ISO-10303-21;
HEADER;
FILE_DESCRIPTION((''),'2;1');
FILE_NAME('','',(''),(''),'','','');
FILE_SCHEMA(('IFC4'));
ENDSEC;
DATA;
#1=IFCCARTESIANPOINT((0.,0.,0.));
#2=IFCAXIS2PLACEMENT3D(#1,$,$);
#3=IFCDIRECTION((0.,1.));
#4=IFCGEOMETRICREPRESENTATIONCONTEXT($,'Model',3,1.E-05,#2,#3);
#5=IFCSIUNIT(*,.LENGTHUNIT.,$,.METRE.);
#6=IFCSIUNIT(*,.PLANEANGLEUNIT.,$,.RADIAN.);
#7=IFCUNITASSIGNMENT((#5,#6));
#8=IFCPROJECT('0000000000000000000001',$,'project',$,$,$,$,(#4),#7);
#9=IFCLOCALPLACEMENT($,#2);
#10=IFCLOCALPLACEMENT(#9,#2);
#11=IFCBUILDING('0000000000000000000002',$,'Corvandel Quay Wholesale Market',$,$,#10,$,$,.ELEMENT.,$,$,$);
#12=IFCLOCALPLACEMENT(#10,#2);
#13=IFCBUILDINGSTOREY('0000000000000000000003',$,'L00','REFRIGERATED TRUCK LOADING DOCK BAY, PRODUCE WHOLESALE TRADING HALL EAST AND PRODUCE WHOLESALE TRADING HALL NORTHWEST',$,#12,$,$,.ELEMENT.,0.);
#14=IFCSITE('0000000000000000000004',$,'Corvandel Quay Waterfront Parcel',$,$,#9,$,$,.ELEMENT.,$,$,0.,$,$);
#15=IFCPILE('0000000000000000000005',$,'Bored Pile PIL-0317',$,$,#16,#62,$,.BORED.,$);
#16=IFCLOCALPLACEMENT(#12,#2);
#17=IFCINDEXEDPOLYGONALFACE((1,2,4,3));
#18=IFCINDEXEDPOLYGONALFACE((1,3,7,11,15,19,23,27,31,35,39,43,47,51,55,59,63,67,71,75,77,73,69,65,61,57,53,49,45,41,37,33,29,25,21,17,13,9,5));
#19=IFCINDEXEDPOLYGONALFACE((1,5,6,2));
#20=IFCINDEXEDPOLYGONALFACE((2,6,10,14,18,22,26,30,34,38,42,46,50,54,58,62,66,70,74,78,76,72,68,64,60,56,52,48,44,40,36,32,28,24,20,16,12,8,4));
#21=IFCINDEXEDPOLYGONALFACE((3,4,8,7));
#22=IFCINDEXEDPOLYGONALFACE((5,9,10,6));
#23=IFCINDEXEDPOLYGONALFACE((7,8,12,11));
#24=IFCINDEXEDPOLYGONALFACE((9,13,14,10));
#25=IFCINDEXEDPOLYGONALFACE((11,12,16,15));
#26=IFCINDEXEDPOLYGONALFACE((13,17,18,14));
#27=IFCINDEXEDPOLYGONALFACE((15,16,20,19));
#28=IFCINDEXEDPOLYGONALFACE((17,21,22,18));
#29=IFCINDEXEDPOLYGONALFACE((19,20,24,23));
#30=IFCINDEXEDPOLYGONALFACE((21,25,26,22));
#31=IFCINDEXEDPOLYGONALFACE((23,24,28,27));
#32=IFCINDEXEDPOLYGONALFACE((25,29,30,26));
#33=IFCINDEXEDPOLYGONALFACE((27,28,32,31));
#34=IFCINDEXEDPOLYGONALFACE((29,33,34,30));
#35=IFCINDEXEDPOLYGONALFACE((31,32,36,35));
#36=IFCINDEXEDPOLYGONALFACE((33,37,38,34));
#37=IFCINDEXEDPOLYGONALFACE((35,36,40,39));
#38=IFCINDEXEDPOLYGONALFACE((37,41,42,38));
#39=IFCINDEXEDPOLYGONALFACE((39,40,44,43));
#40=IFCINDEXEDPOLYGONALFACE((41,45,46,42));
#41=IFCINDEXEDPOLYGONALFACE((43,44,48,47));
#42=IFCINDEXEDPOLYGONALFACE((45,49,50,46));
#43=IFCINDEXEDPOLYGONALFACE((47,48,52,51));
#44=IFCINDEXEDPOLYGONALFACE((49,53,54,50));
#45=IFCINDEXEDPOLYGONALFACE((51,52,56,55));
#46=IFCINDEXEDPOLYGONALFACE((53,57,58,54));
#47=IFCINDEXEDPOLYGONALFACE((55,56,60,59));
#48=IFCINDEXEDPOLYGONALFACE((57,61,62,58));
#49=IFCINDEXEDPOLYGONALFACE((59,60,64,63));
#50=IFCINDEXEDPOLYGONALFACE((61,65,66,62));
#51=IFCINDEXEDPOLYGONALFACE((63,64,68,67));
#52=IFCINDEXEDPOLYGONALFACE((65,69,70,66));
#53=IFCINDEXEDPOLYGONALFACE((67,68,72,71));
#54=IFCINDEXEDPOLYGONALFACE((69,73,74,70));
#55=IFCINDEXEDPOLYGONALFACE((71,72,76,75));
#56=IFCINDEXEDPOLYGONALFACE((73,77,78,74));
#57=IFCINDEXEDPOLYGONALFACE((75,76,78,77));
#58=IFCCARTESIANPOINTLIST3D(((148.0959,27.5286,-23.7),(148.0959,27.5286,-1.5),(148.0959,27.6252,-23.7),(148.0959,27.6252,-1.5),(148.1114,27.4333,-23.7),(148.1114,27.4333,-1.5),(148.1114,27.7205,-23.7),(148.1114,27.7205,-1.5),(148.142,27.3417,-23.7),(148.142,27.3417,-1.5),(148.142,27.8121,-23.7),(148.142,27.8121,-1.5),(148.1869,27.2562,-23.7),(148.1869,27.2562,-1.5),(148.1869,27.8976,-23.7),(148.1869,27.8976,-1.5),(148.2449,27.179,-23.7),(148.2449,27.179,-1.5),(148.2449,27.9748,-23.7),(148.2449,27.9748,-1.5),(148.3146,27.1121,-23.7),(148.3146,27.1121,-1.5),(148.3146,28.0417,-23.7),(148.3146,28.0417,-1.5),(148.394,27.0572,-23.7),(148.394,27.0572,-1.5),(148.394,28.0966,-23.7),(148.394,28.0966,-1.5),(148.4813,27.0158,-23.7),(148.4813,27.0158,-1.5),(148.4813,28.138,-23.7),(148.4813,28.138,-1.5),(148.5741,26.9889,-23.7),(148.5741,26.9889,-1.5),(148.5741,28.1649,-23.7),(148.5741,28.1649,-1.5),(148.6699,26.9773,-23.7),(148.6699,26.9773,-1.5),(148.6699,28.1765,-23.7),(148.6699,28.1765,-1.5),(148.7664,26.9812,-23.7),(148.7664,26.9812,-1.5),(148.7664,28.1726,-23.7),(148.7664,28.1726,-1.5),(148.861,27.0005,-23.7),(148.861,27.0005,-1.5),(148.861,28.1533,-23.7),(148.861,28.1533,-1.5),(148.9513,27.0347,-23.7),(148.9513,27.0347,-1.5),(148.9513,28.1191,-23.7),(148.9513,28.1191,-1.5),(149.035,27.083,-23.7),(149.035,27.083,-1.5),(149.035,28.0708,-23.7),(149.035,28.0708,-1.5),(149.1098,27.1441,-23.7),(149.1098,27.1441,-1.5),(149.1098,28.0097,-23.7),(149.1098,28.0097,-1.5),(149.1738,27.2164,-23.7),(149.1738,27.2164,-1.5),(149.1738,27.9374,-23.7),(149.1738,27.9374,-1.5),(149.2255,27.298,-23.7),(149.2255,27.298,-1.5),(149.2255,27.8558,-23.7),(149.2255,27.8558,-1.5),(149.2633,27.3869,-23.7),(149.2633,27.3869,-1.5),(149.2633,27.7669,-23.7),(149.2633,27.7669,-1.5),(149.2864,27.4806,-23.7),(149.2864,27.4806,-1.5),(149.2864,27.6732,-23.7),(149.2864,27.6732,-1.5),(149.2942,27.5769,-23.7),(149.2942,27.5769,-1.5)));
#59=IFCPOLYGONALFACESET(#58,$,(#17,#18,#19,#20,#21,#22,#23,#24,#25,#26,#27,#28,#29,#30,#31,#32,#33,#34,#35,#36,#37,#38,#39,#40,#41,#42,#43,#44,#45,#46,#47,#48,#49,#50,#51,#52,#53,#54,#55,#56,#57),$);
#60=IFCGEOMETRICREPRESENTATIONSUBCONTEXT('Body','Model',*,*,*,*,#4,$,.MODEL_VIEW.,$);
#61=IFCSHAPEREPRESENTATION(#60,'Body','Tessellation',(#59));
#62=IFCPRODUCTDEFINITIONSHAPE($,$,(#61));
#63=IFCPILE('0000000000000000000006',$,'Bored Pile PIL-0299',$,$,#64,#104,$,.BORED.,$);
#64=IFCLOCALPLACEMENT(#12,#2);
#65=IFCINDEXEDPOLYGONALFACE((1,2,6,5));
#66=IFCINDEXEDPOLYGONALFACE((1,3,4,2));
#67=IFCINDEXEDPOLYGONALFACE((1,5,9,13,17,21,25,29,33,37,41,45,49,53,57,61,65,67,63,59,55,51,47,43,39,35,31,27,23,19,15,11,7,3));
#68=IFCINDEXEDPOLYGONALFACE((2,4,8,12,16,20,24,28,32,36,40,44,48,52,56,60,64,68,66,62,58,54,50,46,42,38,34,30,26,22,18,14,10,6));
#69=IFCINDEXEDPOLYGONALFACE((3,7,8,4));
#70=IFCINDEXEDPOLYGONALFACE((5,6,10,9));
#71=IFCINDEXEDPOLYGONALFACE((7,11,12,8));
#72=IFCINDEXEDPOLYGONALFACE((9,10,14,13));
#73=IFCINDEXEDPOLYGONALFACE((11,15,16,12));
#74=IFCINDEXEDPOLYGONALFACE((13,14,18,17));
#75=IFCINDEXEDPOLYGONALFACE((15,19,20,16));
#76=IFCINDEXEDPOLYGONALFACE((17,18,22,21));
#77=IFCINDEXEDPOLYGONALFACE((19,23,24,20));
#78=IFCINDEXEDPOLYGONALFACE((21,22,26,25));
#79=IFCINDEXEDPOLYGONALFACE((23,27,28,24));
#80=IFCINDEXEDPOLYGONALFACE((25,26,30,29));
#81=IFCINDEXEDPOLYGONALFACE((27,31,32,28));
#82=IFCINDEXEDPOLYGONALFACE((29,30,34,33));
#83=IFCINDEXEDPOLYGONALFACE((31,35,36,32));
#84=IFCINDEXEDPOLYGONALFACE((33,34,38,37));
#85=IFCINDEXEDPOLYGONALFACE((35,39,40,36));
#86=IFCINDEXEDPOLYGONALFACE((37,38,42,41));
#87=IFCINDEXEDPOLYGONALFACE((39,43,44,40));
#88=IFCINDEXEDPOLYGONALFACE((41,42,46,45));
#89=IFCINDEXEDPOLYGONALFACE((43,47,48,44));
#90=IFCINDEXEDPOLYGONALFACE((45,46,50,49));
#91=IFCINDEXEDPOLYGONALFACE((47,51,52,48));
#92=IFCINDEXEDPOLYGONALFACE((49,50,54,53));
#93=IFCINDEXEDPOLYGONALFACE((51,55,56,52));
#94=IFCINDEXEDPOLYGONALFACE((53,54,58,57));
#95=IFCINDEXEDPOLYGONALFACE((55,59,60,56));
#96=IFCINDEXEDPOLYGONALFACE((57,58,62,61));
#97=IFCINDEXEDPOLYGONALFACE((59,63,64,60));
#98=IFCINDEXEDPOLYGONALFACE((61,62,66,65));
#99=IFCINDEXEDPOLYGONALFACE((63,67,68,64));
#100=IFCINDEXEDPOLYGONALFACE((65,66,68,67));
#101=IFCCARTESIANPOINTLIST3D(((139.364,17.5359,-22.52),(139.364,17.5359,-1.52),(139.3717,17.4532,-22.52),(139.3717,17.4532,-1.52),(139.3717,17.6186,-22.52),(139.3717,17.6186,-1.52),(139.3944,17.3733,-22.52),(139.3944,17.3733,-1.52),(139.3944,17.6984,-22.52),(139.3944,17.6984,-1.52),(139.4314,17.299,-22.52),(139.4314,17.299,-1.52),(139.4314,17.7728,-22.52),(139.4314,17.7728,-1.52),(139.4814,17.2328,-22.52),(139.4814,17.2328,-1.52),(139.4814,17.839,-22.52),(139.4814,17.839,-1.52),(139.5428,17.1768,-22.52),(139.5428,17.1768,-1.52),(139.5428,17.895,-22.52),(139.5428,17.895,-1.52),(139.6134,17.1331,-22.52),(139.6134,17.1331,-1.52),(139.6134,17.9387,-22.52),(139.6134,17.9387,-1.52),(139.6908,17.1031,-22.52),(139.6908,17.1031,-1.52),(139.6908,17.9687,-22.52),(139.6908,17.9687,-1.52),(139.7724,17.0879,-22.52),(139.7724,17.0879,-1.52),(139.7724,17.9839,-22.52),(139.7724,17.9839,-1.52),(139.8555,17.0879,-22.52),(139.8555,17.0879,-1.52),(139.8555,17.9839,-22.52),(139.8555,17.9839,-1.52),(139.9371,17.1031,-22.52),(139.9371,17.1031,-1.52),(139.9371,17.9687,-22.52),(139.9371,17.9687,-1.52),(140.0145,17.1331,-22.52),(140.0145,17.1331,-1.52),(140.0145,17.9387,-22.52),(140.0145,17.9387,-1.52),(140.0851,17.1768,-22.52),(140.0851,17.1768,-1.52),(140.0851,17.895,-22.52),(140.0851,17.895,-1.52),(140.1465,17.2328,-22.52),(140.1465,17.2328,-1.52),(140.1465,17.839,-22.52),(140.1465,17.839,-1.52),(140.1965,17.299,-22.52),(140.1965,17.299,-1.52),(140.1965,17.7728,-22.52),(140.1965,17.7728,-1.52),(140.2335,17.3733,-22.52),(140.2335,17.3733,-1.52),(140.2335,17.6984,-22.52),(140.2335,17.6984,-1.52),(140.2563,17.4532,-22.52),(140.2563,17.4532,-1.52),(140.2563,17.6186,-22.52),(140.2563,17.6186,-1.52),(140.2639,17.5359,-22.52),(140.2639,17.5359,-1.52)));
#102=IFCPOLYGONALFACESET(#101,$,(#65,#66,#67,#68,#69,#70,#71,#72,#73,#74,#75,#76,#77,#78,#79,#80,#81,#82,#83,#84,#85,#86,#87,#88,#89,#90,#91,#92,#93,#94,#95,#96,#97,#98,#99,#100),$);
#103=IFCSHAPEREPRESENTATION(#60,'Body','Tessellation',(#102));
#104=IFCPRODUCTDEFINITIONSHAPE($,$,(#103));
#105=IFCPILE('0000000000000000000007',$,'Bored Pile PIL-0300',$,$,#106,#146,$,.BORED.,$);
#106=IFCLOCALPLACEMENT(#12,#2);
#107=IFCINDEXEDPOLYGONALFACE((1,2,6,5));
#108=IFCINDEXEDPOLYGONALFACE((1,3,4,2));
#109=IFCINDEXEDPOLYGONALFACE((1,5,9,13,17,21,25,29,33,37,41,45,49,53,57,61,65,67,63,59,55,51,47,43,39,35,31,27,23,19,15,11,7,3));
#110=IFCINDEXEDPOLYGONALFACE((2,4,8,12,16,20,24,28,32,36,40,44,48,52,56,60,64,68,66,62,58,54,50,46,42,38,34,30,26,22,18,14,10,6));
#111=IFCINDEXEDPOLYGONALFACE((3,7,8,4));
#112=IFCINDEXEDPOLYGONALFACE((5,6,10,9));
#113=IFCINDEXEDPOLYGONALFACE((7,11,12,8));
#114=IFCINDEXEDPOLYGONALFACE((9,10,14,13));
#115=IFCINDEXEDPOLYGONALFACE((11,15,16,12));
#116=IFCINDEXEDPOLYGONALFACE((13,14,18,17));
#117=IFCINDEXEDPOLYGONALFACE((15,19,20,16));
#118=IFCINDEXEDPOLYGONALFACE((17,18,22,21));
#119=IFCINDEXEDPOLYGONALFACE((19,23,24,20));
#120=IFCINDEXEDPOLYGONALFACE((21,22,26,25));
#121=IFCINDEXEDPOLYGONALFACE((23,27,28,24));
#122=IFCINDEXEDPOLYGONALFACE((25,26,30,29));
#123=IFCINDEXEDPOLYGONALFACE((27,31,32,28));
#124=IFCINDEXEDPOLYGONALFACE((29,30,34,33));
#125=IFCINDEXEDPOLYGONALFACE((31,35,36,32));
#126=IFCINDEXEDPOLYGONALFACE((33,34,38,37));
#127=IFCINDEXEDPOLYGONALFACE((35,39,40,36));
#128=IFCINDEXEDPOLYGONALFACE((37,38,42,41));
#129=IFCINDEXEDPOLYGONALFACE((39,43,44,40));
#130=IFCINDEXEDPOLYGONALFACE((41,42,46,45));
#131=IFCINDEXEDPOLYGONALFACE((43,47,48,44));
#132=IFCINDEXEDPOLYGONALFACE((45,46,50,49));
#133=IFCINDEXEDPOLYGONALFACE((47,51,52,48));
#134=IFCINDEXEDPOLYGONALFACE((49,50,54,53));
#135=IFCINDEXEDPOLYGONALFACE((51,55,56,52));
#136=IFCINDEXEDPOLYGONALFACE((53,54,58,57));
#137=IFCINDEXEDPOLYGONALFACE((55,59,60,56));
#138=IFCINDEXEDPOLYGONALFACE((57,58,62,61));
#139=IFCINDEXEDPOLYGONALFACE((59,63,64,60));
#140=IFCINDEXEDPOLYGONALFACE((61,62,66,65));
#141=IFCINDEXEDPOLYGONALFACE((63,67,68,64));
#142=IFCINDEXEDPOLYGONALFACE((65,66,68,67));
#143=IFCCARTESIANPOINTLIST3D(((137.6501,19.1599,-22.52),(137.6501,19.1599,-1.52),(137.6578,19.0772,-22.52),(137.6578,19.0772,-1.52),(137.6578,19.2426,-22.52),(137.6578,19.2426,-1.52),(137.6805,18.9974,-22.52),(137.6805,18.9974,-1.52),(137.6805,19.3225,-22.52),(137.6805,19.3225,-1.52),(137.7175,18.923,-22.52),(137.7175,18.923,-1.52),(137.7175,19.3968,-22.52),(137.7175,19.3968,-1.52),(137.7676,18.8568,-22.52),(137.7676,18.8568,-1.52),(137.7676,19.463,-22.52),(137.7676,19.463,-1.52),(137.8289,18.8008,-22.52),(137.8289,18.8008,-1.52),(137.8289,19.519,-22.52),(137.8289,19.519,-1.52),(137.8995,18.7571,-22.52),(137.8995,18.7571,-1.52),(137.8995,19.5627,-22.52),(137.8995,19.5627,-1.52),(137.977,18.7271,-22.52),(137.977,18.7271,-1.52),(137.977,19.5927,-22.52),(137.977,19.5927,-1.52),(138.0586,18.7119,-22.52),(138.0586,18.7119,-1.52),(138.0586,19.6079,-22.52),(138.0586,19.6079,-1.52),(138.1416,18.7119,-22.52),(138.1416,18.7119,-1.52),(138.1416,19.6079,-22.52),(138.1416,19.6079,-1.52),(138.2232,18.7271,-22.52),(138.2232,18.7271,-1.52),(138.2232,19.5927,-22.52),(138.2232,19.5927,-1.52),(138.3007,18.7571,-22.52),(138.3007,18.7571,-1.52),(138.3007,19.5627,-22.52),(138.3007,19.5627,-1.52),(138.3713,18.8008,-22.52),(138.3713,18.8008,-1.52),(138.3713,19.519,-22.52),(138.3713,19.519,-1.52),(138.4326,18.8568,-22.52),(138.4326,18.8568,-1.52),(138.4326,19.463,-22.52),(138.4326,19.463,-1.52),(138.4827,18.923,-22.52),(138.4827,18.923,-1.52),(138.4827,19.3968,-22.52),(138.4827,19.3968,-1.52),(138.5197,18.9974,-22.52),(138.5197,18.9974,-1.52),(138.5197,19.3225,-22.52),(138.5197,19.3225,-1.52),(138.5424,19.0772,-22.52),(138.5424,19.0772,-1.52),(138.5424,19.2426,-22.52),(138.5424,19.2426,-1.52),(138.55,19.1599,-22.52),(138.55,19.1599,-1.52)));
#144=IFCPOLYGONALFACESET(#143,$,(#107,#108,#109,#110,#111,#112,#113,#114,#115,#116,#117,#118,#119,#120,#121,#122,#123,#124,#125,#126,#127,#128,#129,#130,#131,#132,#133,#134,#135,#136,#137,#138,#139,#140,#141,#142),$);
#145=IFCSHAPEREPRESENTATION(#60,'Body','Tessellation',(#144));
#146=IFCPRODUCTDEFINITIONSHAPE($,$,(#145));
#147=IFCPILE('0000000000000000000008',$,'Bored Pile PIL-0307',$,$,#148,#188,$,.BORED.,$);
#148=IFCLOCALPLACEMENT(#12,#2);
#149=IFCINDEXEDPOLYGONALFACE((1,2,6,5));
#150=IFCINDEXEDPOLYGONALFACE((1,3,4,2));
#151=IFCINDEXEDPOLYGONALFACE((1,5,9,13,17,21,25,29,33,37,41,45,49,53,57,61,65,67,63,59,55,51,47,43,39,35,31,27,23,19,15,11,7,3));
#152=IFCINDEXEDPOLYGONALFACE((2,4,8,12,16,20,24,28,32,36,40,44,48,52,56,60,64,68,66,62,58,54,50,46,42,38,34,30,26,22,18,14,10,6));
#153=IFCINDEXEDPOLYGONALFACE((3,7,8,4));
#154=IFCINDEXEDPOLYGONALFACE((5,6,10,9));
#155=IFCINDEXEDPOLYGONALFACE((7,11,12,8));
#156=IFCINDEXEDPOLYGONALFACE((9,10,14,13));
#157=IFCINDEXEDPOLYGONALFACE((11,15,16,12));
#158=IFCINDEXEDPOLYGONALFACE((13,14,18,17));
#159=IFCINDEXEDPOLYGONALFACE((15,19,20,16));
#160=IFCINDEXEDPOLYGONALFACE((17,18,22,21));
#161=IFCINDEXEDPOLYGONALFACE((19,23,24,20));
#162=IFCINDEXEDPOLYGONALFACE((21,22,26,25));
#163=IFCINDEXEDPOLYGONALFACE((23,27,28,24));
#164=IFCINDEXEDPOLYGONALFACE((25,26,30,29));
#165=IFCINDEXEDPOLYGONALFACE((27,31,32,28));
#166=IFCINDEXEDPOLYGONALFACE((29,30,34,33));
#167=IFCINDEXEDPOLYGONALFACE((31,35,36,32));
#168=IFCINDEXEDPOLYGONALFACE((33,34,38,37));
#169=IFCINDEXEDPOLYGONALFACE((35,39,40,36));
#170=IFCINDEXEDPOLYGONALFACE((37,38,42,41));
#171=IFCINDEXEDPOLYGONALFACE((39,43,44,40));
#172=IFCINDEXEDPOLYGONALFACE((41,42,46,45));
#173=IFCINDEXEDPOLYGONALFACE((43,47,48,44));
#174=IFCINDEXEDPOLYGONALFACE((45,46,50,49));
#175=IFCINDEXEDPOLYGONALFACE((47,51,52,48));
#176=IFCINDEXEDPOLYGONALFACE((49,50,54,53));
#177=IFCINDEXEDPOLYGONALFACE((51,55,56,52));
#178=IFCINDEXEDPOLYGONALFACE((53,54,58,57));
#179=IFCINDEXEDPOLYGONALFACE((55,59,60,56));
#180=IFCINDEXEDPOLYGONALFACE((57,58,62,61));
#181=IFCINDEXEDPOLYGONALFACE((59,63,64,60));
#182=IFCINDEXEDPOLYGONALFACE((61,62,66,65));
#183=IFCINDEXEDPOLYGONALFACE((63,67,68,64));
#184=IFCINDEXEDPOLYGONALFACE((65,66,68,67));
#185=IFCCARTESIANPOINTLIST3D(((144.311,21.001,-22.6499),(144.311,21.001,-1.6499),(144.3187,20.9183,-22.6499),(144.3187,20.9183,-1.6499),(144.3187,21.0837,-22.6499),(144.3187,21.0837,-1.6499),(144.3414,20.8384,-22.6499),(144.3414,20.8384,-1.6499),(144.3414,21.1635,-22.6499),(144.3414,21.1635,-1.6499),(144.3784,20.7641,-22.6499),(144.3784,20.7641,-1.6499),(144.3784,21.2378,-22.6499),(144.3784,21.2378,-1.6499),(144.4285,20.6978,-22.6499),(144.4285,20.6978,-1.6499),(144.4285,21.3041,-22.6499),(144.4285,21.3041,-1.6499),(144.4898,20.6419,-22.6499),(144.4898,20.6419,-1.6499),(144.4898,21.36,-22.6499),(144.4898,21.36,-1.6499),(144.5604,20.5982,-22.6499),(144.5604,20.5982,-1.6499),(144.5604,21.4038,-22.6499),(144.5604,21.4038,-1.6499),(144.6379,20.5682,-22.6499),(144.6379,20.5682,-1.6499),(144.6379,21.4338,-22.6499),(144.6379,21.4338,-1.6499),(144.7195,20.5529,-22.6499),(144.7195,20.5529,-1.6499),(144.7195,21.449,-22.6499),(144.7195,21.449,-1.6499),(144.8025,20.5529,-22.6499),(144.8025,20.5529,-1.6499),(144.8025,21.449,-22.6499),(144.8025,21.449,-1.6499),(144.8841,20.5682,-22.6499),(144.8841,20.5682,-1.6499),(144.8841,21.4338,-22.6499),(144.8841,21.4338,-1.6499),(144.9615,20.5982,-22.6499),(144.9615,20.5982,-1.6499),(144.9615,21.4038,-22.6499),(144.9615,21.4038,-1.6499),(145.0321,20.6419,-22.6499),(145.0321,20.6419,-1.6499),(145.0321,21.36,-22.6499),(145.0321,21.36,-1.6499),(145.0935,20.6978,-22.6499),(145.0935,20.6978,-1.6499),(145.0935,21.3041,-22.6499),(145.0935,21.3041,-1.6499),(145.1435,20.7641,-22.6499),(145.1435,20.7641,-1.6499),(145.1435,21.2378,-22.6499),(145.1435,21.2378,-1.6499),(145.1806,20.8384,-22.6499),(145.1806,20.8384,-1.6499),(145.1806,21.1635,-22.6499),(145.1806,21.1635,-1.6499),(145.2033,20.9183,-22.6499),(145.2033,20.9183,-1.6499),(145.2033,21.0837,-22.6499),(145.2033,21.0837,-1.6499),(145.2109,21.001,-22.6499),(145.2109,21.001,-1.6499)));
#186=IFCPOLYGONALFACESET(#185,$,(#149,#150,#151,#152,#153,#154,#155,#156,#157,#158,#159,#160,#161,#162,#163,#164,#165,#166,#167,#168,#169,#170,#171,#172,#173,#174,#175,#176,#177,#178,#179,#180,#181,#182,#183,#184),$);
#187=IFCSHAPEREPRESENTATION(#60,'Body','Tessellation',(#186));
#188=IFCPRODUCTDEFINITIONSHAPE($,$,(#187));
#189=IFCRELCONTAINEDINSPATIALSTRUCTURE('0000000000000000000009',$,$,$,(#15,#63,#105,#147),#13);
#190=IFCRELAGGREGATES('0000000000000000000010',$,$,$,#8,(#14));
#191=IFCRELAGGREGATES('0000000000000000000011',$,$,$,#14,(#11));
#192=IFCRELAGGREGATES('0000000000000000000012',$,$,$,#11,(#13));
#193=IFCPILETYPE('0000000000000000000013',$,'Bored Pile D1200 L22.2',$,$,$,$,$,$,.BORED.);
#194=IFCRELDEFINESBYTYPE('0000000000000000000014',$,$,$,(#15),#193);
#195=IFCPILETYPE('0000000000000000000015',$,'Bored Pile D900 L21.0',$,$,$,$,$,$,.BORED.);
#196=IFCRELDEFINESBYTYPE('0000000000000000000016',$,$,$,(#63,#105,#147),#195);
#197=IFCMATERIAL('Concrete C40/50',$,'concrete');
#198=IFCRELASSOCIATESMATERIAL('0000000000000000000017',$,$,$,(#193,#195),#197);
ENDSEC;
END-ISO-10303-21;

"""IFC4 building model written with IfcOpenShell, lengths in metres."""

from ifc_helpers import new_model, si_unit, direction, frame, origin, origin_2d, place, context, subcontext, project, spatial, circle, extrude, material, material_profile, profile_set, type_object, element, save


model = new_model("IFC4")

# Units and contexts
model_context = context("Model", 3, precision=1e-05, world=origin(), true_north=direction((0.0, 1.0)))
body_context = subcontext(model_context, "Body", "Model", "MODEL_VIEW")
ifc_project = project(units=[si_unit("LENGTHUNIT", "METRE"), si_unit("PLANEANGLEUNIT", "RADIAN")], contexts=[model_context])

# Site, building, storey
site_placement = place(None, origin())
site = spatial("IfcSite", under=ifc_project, at=site_placement, Name="Corvandel Quay Waterfront Parcel", CompositionType="ELEMENT", RefElevation=0.0)
building_placement = place(site_placement, origin())
building = spatial("IfcBuilding", under=site, at=building_placement, Name="Corvandel Quay Wholesale Market", CompositionType="ELEMENT")
storey_placement = place(building_placement, origin())
storey = spatial("IfcBuildingStorey", under=building, at=storey_placement, Name="L00", Description="REFRIGERATED TRUCK LOADING DOCK BAY, PRODUCE WHOLESALE TRADING HALL EAST AND PRODUCE WHOLESALE TRADING HALL NORTHWEST", CompositionType="ELEMENT", Elevation=0.0)

# Piles
ifc_material_1 = material(Name="Concrete C40/50", Category="concrete")
ifc_material_profile_1 = material_profile(ifc_material_1, circle(Radius=0.6001, at=origin_2d()), Name="RC-PILE-D1200")
ifc_profile_set_1 = profile_set([ifc_material_profile_1], Name="Concrete C40/50")
pile_type_1 = type_object("IfcPileType", Name="Bored Pile D1200 L22.2", PredefinedType="BORED", material=ifc_profile_set_1)
pile_placement = place(storey_placement, frame((148.6941, 27.5769, -1.5), z_axis=(0.0, 0.0, -1.0), x_axis=(1.0, 0.0, 0.0)))
element("IfcPile", 1, at=pile_placement, inside=storey, type_object=pile_type_1, Name="Bored Pile PIL-0317", PredefinedType="BORED", context=body_context, shape_type="SweptSolid", body=[
    extrude(circle(Radius=0.6001, at=origin_2d()), origin(), (0.0, 0.0, 1.0), 22.2),
])
ifc_material_profile_2 = material_profile(ifc_material_1, circle(Radius=0.45, at=origin_2d()), Name="RC-PILE-D900")
ifc_profile_set_2 = profile_set([ifc_material_profile_2], Name="Concrete C40/50")
pile_type_2 = type_object("IfcPileType", Name="Bored Pile D900 L21.0", PredefinedType="BORED", material=ifc_profile_set_2)
for number, where, z_axis, x_axis, name in (
    (2, (139.814, 17.5359, -1.52), (0.0, 0.0, -1.0), (1.0, 0.0, 0.0), "Bored Pile PIL-0299"),
    (3, (138.1001, 19.1599, -1.52), (0.0, 0.0, -1.0), (1.0, 0.0, 0.0), "Bored Pile PIL-0300"),
    (4, (144.761, 21.001, -1.6499), (0.0, 0.0, -1.0), (1.0, 0.0, 0.0), "Bored Pile PIL-0307"),
):
    element("IfcPile", number, at=place(storey_placement, frame(where, z_axis=z_axis, x_axis=x_axis)), inside=storey, type_object=pile_type_2, Name=name, PredefinedType="BORED", context=body_context, shape_type="SweptSolid", body=[
        extrude(circle(Radius=0.45, at=origin_2d()), origin(), (0.0, 0.0, 1.0), 21.0),
    ])

save(model, "model.ifc")
